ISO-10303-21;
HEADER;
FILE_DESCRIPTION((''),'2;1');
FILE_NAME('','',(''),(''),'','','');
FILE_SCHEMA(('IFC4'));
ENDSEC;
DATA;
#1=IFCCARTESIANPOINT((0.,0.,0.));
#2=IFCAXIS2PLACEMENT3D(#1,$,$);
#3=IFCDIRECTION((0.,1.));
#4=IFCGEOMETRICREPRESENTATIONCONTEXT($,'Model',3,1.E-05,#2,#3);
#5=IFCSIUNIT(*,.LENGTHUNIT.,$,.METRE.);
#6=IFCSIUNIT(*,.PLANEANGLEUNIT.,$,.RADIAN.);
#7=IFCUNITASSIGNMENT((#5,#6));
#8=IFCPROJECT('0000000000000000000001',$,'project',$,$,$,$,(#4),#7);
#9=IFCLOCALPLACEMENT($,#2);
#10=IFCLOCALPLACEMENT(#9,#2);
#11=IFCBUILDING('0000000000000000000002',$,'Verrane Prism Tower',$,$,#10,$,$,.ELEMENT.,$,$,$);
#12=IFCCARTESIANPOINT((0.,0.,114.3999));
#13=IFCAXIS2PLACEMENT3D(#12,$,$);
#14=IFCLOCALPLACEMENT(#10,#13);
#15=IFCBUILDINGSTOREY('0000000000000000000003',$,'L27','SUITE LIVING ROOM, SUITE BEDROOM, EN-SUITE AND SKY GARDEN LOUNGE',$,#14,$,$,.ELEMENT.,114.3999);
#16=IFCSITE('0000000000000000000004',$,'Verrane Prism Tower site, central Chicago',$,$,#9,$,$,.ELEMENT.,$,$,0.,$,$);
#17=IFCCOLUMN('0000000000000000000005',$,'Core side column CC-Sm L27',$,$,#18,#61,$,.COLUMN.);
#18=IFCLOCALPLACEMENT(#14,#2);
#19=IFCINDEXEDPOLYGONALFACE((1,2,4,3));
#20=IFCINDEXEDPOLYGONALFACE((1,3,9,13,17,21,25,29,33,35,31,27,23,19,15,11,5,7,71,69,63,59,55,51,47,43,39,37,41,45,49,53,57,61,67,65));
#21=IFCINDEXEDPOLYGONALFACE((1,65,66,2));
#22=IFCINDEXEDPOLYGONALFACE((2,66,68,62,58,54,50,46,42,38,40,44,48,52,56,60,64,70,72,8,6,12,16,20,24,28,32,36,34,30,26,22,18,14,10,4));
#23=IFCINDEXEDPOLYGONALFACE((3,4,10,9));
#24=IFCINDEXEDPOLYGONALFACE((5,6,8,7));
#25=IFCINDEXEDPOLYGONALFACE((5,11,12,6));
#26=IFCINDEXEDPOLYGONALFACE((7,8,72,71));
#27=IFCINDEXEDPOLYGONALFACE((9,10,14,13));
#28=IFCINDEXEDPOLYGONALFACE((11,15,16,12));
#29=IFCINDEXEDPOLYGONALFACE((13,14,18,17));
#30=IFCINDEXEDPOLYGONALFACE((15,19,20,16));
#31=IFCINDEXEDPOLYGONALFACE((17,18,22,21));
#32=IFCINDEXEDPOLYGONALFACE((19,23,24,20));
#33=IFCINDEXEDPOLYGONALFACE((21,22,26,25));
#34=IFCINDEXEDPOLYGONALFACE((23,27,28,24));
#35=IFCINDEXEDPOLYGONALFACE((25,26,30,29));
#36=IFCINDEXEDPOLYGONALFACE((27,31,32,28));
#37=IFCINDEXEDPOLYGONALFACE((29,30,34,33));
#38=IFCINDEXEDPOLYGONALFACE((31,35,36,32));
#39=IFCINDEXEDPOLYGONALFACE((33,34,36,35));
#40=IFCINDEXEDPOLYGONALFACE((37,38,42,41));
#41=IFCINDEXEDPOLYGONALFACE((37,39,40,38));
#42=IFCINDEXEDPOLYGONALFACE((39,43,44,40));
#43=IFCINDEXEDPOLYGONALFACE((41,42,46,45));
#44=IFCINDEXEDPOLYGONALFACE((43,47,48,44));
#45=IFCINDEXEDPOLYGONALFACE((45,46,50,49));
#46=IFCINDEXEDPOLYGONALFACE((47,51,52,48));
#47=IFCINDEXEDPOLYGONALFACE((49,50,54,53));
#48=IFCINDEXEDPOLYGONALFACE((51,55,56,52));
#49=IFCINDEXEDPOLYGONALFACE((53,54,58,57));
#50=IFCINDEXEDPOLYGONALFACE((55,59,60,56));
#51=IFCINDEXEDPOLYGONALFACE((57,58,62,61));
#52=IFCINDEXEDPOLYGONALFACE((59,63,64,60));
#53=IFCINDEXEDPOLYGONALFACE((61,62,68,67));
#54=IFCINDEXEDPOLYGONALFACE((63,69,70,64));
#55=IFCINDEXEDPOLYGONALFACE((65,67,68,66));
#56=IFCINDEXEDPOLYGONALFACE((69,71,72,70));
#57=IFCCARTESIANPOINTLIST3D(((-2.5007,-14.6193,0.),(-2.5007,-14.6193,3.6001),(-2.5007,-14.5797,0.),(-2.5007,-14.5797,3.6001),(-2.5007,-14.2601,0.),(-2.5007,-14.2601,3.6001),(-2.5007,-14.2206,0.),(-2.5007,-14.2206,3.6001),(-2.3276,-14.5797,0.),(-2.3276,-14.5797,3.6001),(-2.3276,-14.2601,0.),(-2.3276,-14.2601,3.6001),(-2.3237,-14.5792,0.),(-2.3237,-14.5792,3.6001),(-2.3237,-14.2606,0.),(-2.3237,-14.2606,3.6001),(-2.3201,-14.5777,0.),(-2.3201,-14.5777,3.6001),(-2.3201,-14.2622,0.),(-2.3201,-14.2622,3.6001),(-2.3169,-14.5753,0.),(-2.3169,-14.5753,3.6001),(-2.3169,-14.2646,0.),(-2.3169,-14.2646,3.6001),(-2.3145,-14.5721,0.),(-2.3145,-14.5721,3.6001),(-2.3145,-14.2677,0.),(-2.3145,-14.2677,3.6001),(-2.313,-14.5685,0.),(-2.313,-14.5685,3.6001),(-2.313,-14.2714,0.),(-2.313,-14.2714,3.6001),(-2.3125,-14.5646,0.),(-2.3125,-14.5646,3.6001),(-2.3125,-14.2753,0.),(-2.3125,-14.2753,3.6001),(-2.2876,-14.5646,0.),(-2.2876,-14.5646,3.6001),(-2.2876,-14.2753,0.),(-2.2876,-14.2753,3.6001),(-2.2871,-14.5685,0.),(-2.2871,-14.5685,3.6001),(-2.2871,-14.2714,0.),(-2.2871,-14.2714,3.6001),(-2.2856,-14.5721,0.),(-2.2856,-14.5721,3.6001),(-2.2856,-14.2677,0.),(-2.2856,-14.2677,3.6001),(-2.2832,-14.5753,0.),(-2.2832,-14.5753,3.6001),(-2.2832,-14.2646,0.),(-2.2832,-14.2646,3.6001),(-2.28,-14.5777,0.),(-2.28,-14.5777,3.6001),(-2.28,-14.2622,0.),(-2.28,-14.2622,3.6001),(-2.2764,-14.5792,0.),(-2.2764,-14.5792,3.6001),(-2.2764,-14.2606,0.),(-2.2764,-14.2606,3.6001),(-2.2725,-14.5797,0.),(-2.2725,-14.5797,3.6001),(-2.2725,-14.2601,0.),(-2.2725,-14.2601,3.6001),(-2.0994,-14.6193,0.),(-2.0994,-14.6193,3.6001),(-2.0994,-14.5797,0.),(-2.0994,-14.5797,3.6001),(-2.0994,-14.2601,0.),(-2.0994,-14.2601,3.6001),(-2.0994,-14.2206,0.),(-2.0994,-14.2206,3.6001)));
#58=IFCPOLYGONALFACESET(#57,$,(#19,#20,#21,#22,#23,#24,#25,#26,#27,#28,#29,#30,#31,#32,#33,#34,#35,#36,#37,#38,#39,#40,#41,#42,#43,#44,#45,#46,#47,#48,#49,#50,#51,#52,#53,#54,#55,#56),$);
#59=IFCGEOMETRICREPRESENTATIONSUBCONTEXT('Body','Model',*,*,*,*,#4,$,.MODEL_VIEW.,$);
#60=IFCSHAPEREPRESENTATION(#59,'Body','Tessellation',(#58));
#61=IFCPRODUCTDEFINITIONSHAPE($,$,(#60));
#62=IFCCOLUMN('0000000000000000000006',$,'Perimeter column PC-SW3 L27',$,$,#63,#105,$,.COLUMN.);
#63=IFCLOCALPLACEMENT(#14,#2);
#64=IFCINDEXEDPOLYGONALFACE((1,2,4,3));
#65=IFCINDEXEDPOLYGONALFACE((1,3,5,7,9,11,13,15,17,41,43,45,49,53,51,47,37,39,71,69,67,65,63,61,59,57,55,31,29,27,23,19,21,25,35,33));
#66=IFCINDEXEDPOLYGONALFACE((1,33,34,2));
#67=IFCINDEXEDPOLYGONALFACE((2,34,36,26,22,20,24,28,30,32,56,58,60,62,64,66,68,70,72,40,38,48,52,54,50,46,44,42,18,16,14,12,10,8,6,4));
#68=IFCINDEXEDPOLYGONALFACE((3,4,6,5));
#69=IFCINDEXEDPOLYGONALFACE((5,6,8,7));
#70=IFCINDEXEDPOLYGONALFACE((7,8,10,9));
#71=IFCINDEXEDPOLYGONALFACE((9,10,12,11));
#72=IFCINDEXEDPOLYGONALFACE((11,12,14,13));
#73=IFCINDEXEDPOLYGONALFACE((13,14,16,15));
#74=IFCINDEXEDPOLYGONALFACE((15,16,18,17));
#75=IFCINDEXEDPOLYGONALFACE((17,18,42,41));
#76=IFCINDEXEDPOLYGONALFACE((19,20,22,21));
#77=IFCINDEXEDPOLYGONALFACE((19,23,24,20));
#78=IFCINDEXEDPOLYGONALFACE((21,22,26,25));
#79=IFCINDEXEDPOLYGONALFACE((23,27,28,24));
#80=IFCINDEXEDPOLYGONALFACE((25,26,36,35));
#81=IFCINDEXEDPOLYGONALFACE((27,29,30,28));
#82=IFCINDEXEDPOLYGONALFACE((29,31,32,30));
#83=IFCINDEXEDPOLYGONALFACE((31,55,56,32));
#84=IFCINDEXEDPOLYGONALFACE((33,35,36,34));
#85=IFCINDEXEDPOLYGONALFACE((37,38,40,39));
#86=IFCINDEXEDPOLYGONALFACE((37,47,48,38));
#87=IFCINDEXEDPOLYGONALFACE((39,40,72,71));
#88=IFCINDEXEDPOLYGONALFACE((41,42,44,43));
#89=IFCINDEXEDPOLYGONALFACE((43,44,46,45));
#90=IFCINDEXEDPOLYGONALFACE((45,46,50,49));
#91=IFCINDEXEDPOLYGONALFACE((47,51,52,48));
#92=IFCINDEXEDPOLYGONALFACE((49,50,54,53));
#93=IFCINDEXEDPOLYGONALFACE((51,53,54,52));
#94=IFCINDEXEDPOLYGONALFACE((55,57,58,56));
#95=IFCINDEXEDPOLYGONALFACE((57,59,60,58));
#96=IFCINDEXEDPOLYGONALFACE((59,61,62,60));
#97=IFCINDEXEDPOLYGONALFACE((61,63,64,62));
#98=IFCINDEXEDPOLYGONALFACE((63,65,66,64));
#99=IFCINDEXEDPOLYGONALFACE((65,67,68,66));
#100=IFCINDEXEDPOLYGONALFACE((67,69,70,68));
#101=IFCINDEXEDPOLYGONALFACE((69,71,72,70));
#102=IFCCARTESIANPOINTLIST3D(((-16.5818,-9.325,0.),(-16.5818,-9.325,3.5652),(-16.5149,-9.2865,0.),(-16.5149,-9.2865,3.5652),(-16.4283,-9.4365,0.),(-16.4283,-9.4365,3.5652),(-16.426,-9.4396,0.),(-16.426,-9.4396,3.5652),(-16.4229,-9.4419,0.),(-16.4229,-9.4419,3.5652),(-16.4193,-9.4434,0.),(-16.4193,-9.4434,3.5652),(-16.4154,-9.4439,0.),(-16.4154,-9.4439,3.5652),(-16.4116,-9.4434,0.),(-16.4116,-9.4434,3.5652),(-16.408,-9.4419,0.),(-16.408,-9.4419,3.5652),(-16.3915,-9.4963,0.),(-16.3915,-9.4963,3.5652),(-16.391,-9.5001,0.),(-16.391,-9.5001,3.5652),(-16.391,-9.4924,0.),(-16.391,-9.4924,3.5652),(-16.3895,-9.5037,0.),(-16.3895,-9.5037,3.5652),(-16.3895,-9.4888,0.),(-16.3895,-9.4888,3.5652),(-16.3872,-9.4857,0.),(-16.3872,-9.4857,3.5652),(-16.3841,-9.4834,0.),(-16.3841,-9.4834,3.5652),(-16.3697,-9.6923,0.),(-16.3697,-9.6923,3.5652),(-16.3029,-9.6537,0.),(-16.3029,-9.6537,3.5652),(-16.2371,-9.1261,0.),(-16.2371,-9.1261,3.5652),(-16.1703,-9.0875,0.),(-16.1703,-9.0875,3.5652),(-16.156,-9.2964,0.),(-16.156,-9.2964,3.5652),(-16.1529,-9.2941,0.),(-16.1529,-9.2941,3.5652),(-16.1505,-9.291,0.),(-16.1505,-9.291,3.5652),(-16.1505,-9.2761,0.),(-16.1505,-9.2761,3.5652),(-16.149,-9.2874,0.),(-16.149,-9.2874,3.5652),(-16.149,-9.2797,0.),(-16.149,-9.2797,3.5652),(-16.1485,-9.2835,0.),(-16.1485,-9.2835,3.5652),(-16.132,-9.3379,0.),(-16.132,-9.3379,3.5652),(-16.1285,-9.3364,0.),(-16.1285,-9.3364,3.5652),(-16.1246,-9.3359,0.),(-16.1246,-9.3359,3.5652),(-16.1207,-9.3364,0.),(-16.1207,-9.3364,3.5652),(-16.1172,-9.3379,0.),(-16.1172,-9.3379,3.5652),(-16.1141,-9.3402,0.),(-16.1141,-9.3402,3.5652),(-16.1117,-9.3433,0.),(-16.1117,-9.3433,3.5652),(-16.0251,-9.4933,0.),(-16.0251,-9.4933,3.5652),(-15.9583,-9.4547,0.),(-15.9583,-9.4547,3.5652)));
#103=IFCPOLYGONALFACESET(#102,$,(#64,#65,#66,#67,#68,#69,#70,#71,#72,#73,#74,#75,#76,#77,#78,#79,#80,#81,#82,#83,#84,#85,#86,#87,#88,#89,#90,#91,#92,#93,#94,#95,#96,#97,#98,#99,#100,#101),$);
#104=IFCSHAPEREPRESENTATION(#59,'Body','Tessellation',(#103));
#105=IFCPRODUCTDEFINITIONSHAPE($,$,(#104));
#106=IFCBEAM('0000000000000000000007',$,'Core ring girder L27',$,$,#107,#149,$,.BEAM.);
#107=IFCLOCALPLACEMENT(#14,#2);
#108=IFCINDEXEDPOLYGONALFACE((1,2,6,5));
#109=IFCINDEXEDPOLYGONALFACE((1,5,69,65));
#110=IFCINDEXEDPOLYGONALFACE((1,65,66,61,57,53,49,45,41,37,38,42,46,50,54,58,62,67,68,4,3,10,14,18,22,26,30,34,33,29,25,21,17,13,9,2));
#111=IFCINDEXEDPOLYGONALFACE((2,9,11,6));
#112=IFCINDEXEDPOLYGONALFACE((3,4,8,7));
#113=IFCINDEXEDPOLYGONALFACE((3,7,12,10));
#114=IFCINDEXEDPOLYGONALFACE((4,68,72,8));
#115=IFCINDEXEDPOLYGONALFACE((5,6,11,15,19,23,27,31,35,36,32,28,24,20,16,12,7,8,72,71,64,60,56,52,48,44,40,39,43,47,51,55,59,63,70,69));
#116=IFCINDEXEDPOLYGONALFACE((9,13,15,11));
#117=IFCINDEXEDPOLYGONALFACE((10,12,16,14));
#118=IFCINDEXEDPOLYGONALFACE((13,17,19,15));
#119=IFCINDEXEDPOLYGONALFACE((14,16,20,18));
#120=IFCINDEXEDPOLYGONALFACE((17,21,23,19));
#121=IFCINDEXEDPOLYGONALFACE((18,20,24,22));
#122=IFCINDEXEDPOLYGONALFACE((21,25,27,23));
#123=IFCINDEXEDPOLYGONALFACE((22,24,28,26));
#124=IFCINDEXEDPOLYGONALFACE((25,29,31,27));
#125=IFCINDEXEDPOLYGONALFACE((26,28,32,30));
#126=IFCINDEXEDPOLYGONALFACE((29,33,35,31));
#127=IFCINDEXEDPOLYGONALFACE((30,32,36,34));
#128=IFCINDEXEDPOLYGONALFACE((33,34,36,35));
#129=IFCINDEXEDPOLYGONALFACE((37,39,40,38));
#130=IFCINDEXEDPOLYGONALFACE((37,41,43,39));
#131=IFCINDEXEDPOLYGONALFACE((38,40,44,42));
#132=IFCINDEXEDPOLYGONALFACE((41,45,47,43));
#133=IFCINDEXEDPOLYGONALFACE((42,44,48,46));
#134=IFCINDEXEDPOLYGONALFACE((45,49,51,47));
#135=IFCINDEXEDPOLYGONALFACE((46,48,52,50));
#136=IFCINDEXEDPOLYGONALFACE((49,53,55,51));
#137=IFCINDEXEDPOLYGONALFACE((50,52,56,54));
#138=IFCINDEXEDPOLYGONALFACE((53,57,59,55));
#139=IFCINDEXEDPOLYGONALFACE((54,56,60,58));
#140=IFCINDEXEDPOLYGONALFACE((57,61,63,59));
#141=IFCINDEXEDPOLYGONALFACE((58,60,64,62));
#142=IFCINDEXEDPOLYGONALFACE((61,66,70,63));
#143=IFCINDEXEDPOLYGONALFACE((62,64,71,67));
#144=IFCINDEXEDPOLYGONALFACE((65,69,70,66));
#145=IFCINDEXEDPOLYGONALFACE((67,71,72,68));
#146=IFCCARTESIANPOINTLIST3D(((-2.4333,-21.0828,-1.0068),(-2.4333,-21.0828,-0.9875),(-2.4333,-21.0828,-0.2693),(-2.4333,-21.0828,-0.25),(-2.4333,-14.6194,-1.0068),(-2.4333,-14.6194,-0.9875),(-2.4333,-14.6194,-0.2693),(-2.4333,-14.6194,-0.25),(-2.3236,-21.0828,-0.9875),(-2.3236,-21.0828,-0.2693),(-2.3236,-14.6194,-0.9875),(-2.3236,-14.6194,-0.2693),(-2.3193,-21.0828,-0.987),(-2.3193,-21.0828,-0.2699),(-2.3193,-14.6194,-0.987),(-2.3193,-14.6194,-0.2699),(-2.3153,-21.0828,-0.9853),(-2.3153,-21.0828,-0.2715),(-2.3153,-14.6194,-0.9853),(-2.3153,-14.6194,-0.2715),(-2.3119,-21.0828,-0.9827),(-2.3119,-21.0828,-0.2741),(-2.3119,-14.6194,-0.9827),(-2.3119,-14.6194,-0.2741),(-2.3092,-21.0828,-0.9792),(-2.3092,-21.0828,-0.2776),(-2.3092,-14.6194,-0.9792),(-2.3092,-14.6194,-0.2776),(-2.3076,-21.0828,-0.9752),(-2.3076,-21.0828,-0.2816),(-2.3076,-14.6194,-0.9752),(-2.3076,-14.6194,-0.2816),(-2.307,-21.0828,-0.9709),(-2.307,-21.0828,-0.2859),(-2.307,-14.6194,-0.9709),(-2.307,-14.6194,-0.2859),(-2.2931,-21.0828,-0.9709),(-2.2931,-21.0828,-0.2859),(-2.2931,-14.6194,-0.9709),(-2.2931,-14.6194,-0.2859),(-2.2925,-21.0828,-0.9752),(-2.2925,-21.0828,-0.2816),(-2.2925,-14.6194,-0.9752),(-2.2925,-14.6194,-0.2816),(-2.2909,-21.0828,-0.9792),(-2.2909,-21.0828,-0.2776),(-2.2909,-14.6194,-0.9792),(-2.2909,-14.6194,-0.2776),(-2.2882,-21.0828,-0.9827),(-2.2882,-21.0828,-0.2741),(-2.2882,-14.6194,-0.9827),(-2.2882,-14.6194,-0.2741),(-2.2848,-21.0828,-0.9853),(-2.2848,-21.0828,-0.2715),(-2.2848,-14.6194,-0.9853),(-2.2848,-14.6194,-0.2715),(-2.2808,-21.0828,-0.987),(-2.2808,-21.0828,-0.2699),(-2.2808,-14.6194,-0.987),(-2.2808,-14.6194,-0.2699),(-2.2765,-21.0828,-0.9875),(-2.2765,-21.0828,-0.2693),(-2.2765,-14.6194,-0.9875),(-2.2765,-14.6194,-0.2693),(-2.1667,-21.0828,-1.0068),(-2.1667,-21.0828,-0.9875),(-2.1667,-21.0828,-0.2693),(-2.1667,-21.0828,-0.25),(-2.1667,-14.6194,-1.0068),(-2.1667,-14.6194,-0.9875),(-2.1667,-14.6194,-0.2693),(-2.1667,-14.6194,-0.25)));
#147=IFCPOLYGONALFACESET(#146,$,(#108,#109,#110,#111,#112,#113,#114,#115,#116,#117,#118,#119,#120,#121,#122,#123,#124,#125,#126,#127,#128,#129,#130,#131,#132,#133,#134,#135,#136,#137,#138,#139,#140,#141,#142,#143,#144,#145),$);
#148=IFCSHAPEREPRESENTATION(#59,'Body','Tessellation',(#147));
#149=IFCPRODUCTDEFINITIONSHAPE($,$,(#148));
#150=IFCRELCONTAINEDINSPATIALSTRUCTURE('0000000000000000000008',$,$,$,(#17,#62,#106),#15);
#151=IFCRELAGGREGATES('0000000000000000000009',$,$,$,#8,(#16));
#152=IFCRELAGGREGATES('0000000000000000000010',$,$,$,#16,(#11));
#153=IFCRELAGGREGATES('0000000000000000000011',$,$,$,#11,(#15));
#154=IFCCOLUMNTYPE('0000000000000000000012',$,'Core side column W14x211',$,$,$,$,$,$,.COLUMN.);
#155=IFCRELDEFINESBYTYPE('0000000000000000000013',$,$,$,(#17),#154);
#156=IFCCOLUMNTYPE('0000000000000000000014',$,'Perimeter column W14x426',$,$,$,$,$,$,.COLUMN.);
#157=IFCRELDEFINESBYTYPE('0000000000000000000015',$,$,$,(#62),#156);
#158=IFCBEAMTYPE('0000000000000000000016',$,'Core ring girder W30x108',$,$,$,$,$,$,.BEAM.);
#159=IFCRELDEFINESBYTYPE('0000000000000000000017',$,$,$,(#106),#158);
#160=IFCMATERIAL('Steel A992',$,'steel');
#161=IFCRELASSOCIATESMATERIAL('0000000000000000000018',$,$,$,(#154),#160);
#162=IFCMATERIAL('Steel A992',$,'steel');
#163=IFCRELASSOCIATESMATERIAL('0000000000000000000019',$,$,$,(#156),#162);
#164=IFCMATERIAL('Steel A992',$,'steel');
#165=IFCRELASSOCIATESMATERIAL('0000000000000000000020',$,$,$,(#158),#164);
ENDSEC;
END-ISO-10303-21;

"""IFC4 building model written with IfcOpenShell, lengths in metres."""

from ifc_helpers import new_model, si_unit, direction, frame, origin, origin_2d, place, context, subcontext, project, spatial, i_section, extrude, material, material_profile, profile_set, type_object, element, save


model = new_model("IFC4")

# Units and contexts
model_context = context("Model", 3, precision=1e-05, world=origin(), true_north=direction((0.0, 1.0)))
body_context = subcontext(model_context, "Body", "Model", "MODEL_VIEW")
ifc_project = project(units=[si_unit("LENGTHUNIT", "METRE"), si_unit("PLANEANGLEUNIT", "RADIAN")], contexts=[model_context])

# Site, building, storey
site_placement = place(None, origin())
site = spatial("IfcSite", under=ifc_project, at=site_placement, Name="Verrane Prism Tower site, central Chicago", CompositionType="ELEMENT", RefElevation=0.0)
building_placement = place(site_placement, origin())
building = spatial("IfcBuilding", under=site, at=building_placement, Name="Verrane Prism Tower", CompositionType="ELEMENT")
storey_placement = place(building_placement, frame((0.0, 0.0, 114.3999)))
storey = spatial("IfcBuildingStorey", under=building, at=storey_placement, Name="L27", Description="SUITE LIVING ROOM, SUITE BEDROOM, EN-SUITE AND SKY GARDEN LOUNGE", CompositionType="ELEMENT", Elevation=114.3999)

# Columns
ifc_material_1 = material(Name="Steel A992", Category="steel")
ifc_material_profile_1 = material_profile(ifc_material_1, i_section(OverallWidth=0.4014, OverallDepth=0.3987, WebThickness=0.0249, FlangeThickness=0.0396, FilletRadius=0.0151, at=origin_2d()), Name="W14x211")
ifc_profile_set_1 = profile_set([ifc_material_profile_1], Name="Steel A992")
column_type_1 = type_object("IfcColumnType", Name="Core side column W14x211", PredefinedType="COLUMN", material=ifc_profile_set_1)
column_1_placement = place(storey_placement, frame((-2.3, -14.4199, 0.0), z_axis=(0.0, 0.0, 1.0), x_axis=(1.0, 0.0, 0.0)))
element("IfcColumn", 1, at=column_1_placement, inside=storey, type_object=column_type_1, Name="Core side column CC-Sm L27", PredefinedType="COLUMN", context=body_context, shape_type="SweptSolid", body=[
    extrude(i_section(OverallWidth=0.4014, OverallDepth=0.3987, WebThickness=0.0249, FlangeThickness=0.0396, FilletRadius=0.0151, at=origin_2d()), origin(), (0.0, 0.0, 1.0), 3.6001),
])
ifc_material_2 = material(Name="Steel A992", Category="steel")
ifc_material_profile_2 = material_profile(ifc_material_2, i_section(OverallWidth=0.4241, OverallDepth=0.4751, WebThickness=0.0479, FlangeThickness=0.0771, FilletRadius=0.0149, at=origin_2d()), Name="W14x426")
ifc_profile_set_2 = profile_set([ifc_material_profile_2], Name="Steel A992")
column_type_2 = type_object("IfcColumnType", Name="Perimeter column W14x426", PredefinedType="COLUMN", material=ifc_profile_set_2)
column_2_placement = place(storey_placement, frame((-16.27, -9.3899, 0.0), z_axis=(0.0, 0.0, 1.0), x_axis=(-0.5, 0.866025, 0.0)))
element("IfcColumn", 2, at=column_2_placement, inside=storey, type_object=column_type_2, Name="Perimeter column PC-SW3 L27", PredefinedType="COLUMN", context=body_context, shape_type="SweptSolid", body=[
    extrude(i_section(OverallWidth=0.4241, OverallDepth=0.4751, WebThickness=0.0479, FlangeThickness=0.0771, FilletRadius=0.0149, at=origin_2d()), origin(), (0.0, 0.0, 1.0), 3.5652),
])

# Beam
ifc_material_3 = material(Name="Steel A992", Category="steel")
ifc_material_profile_3 = material_profile(ifc_material_3, i_section(OverallWidth=0.2666, OverallDepth=0.7568, WebThickness=0.0139, FlangeThickness=0.0193, FilletRadius=0.0166, at=origin_2d()), Name="W30x108")
ifc_profile_set_3 = profile_set([ifc_material_profile_3], Name="Steel A992")
beam_type_1 = type_object("IfcBeamType", Name="Core ring girder W30x108", PredefinedType="BEAM", material=ifc_profile_set_3)
beam_1_placement = place(storey_placement, frame((-2.3, -14.6194, -0.6284), z_axis=(0.0, -1.0, 0.0), x_axis=(1.0, 0.0, 0.0)))
element("IfcBeam", 3, at=beam_1_placement, inside=storey, type_object=beam_type_1, Name="Core ring girder L27", PredefinedType="BEAM", context=body_context, shape_type="SweptSolid", body=[
    extrude(i_section(OverallWidth=0.2666, OverallDepth=0.7568, WebThickness=0.0139, FlangeThickness=0.0193, FilletRadius=0.0166, at=origin_2d()), origin(), (0.0, 0.0, 1.0), 6.4634),
])

save(model, "model.ifc")
